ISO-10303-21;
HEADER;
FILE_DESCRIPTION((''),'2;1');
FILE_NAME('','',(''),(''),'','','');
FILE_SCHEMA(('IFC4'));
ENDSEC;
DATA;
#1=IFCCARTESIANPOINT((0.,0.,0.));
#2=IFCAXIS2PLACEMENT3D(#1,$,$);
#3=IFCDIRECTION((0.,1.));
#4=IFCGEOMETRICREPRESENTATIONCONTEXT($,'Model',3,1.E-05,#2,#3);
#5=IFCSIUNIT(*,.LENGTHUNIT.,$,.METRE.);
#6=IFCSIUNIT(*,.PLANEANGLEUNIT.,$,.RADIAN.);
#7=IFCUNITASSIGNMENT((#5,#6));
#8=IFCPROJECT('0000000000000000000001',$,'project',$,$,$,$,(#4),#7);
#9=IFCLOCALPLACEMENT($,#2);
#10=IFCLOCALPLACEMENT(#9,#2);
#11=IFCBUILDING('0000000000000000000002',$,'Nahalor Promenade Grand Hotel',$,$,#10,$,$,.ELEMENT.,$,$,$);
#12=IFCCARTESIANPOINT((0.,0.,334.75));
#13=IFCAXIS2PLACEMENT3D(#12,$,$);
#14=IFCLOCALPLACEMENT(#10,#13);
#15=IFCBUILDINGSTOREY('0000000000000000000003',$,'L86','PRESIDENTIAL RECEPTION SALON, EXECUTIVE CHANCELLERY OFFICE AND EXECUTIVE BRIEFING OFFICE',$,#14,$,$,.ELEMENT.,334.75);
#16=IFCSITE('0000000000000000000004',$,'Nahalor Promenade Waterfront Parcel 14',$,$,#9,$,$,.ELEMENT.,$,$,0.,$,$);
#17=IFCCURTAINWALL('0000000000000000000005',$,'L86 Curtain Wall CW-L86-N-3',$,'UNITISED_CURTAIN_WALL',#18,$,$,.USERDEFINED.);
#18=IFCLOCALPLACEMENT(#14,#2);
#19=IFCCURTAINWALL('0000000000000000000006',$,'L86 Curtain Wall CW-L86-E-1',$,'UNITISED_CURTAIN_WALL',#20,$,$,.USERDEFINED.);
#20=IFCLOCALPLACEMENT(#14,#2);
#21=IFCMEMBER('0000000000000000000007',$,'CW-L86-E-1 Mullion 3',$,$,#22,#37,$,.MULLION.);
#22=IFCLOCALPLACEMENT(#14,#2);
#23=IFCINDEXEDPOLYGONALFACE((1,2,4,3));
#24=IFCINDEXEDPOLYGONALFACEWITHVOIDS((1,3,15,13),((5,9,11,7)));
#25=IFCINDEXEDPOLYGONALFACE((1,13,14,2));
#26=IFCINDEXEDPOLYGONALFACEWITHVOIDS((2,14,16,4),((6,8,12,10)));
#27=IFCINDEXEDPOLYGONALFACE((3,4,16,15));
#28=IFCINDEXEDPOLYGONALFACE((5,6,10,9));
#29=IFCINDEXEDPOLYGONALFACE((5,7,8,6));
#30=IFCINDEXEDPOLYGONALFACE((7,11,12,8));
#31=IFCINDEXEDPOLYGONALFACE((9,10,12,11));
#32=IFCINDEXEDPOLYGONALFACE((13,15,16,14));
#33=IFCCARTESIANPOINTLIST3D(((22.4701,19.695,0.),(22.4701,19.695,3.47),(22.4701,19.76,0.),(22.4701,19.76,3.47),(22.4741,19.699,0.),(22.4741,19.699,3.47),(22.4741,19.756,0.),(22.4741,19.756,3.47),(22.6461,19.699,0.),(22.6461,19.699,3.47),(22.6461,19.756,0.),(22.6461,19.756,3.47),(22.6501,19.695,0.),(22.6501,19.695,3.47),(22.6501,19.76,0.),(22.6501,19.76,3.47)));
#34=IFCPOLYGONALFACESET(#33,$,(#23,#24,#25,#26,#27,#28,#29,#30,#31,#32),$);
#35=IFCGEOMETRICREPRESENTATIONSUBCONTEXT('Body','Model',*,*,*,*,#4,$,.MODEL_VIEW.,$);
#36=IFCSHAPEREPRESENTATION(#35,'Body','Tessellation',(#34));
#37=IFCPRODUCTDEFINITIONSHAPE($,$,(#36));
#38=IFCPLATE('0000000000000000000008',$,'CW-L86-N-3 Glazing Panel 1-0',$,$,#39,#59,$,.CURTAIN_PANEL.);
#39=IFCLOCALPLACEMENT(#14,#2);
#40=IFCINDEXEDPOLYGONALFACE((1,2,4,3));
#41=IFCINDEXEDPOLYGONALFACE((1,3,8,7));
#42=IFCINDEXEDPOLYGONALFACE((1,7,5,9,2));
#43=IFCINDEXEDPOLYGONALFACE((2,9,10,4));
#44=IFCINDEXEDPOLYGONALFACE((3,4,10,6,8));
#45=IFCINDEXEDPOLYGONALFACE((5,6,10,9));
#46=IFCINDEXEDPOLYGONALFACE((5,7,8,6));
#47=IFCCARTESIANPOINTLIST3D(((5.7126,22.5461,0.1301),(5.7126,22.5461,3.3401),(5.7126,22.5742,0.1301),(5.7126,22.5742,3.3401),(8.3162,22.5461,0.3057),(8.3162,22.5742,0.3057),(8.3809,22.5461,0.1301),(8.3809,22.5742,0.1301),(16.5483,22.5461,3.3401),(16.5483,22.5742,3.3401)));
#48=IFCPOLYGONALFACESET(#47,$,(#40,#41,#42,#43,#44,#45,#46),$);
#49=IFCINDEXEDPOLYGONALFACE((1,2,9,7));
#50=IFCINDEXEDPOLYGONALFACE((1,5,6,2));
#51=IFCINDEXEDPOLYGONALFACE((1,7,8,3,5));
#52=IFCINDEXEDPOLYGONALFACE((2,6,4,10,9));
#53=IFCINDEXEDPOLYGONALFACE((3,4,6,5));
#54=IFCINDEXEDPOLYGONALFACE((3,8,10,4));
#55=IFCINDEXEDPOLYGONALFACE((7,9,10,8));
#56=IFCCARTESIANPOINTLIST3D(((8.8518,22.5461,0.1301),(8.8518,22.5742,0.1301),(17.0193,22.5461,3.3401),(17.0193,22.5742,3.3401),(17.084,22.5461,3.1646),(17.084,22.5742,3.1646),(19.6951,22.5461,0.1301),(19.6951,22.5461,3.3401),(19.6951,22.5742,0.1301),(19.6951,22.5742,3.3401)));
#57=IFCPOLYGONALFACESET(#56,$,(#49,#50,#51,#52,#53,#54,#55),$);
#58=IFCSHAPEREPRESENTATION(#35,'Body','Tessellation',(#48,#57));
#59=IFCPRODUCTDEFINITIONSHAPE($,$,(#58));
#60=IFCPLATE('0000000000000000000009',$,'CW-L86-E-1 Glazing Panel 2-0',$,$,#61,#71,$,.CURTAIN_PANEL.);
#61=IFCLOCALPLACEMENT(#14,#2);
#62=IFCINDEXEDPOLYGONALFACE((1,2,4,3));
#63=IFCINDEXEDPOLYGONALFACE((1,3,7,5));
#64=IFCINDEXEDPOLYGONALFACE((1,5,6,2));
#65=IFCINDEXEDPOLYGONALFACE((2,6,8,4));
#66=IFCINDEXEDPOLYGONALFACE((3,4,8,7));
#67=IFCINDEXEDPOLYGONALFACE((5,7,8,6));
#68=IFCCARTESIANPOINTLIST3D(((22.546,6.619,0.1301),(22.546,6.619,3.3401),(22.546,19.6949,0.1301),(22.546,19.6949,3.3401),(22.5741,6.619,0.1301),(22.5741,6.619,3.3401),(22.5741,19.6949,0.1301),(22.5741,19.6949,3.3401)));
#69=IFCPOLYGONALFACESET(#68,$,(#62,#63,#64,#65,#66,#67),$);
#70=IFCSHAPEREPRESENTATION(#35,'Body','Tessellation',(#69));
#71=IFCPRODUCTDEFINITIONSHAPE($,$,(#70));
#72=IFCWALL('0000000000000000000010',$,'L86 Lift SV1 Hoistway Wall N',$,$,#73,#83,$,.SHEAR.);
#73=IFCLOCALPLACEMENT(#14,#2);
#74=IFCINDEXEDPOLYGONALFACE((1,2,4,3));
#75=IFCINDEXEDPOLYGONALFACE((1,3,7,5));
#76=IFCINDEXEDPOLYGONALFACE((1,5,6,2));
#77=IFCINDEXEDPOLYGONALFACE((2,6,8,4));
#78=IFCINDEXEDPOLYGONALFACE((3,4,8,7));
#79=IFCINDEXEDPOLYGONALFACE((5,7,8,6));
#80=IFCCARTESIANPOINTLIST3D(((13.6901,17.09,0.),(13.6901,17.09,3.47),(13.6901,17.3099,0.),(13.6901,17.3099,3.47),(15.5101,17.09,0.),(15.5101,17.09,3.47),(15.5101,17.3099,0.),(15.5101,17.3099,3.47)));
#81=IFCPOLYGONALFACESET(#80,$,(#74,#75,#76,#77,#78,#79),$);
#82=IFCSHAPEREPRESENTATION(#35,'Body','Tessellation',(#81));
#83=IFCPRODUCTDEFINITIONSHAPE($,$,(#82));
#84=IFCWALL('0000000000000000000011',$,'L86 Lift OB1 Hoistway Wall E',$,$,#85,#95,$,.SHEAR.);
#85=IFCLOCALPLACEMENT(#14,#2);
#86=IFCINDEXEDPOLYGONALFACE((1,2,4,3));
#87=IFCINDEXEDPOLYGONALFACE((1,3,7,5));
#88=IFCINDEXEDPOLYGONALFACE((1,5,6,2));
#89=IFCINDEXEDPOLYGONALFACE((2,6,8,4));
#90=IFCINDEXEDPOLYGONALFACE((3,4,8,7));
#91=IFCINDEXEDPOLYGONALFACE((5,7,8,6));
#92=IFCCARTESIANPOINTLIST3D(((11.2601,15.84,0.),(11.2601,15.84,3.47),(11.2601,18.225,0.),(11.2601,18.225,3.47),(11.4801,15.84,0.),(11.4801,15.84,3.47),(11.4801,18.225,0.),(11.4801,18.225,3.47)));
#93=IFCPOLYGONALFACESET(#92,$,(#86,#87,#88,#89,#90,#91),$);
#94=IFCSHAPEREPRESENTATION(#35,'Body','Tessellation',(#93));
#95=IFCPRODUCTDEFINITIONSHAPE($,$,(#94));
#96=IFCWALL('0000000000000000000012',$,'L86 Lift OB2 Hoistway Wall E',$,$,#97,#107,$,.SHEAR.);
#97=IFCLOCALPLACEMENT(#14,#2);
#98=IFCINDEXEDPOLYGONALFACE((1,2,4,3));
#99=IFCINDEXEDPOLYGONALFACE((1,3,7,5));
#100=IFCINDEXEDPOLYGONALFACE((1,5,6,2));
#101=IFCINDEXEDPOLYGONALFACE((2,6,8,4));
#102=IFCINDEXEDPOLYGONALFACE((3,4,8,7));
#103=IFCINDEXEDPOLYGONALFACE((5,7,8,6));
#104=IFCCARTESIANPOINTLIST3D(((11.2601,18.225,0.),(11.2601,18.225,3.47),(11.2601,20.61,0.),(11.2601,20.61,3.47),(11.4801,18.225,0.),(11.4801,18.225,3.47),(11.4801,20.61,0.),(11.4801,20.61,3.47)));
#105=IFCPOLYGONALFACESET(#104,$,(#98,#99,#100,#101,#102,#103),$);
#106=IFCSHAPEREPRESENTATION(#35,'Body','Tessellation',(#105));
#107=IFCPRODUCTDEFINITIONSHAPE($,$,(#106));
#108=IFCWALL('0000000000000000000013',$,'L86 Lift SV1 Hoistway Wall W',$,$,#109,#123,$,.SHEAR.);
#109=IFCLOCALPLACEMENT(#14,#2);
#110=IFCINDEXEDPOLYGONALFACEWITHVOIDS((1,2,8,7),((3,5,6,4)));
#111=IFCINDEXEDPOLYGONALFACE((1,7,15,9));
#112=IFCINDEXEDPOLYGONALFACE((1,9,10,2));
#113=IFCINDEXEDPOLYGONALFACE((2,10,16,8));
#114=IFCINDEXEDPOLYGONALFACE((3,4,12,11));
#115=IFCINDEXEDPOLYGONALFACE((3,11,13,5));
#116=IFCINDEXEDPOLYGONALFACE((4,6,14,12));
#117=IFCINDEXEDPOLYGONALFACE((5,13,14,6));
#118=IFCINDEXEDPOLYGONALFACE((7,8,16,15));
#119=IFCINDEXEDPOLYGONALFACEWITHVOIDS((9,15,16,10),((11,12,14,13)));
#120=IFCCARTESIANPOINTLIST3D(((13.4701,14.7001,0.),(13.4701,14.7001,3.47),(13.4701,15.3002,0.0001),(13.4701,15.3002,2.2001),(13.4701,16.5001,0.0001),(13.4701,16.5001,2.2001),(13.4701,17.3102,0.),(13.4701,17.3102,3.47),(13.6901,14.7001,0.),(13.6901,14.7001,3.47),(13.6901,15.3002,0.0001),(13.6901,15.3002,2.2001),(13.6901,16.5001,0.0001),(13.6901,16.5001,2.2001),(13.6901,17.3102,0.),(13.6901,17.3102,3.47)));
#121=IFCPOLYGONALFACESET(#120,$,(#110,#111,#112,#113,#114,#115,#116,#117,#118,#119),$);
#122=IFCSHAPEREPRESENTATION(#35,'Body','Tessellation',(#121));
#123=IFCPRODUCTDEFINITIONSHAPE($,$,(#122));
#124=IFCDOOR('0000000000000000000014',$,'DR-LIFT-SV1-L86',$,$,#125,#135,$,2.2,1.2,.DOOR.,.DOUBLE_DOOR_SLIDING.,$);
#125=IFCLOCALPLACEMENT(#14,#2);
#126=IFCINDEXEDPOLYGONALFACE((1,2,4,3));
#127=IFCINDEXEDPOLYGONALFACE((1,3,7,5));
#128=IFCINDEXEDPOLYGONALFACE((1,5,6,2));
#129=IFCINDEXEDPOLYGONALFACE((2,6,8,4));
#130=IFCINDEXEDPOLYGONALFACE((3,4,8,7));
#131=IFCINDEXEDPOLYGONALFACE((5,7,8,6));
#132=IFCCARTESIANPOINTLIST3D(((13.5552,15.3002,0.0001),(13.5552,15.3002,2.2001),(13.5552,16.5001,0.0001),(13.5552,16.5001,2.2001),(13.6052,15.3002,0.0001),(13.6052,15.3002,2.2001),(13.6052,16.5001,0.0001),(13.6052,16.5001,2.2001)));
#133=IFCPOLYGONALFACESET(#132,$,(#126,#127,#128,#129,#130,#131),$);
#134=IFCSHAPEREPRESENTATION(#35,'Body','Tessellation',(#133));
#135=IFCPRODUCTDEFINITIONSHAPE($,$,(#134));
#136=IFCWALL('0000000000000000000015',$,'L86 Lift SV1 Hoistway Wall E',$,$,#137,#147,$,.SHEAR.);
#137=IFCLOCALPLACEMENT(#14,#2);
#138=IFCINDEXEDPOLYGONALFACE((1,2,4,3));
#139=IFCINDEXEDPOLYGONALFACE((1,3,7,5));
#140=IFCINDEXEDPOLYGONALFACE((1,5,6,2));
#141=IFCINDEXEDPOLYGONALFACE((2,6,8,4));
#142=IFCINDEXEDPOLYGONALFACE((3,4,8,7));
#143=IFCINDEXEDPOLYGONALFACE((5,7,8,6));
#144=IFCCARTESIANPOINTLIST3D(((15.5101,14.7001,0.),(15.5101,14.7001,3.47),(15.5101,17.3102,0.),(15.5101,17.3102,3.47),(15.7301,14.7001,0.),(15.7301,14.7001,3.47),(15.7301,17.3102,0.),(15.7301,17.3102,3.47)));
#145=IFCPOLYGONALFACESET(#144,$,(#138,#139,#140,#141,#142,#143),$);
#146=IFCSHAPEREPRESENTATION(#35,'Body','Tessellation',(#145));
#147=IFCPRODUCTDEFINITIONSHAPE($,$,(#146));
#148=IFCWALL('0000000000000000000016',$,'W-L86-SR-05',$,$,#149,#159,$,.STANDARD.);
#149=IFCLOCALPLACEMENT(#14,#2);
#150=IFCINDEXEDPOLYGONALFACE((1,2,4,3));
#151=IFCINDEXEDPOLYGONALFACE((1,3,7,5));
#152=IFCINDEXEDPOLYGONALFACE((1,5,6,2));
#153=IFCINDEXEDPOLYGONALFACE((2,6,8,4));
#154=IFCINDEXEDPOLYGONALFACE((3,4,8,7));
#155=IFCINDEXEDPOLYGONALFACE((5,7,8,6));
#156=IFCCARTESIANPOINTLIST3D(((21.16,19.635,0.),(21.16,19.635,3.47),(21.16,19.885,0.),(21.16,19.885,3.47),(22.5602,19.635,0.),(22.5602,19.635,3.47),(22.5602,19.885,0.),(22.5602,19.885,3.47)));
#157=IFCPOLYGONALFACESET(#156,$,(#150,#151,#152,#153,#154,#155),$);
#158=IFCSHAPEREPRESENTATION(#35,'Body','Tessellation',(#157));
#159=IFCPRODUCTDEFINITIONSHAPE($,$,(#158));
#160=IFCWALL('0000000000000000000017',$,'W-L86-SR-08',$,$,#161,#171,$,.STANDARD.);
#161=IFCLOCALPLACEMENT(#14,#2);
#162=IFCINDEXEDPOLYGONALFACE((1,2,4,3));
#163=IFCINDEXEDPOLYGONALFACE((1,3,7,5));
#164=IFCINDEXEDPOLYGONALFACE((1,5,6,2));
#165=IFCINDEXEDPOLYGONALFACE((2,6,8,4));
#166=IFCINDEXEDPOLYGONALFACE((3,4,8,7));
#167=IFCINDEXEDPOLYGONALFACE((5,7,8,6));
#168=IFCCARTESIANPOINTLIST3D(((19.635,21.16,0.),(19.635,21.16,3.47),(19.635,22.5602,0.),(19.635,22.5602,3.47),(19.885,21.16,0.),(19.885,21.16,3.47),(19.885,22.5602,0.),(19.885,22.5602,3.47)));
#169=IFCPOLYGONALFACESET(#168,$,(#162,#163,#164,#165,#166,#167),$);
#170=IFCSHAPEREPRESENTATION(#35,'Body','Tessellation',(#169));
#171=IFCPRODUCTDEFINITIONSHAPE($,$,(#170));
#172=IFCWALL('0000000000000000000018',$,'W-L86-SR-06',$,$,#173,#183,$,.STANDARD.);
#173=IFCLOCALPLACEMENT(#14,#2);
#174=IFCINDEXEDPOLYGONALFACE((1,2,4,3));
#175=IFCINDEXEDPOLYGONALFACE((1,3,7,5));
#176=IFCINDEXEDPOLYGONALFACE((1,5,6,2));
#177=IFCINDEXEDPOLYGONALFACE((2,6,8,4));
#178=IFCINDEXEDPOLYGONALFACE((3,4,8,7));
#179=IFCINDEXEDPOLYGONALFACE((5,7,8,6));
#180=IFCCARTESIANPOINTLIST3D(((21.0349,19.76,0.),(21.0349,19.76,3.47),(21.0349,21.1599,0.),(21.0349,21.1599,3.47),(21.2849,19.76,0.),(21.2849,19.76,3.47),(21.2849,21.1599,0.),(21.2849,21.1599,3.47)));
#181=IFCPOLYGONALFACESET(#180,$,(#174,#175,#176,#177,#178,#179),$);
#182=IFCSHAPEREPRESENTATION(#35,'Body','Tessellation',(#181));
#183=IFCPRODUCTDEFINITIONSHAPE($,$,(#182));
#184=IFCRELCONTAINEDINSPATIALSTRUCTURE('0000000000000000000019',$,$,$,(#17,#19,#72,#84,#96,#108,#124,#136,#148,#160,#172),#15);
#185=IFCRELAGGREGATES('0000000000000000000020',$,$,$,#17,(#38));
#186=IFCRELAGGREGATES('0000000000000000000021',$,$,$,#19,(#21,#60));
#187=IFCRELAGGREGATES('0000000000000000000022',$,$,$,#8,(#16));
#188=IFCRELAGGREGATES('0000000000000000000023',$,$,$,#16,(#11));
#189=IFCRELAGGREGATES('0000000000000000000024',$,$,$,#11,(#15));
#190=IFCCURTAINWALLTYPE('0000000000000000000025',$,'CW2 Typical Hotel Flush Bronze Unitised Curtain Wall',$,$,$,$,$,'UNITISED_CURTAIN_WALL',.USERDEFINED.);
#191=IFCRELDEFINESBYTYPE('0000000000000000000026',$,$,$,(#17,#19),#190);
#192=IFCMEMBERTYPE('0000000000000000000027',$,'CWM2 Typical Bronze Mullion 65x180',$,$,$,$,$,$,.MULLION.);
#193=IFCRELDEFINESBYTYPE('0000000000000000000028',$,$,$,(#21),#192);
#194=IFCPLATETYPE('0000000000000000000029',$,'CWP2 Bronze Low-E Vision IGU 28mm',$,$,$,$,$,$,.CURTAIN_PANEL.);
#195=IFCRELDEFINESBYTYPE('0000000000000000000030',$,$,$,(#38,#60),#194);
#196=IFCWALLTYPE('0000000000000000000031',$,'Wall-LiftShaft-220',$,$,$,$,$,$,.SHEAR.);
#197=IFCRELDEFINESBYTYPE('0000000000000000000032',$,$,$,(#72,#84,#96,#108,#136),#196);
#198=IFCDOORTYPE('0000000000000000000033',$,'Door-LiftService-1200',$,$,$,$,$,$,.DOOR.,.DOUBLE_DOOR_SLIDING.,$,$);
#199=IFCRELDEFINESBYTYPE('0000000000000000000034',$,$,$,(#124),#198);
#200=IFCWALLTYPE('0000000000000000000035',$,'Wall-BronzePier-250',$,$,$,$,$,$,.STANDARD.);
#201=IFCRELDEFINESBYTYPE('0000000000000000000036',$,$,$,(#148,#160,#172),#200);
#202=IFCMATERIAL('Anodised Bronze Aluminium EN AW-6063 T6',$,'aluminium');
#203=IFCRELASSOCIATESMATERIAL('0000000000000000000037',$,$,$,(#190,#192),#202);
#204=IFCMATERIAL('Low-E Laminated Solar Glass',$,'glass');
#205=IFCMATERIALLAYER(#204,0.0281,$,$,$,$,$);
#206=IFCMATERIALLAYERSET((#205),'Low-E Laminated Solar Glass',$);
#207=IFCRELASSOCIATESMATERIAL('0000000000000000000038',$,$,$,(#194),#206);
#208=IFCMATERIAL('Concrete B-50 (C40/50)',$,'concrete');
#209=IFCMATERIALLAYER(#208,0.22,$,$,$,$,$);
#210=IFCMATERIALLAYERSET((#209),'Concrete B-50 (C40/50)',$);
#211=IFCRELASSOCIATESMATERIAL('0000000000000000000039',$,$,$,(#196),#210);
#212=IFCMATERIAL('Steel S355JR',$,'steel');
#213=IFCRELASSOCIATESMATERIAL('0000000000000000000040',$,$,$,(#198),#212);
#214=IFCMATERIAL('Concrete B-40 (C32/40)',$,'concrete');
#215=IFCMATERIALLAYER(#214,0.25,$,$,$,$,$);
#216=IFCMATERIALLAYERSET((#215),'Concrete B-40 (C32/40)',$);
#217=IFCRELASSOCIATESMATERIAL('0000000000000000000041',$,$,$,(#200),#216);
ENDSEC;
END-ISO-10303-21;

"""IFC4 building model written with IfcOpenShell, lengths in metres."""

from ifc_helpers import new_model, si_unit, direction, frame, frame_2d, origin, origin_2d, place, context, subcontext, project, spatial, polyline, rectangle, hollow_rectangle, outline, extrude, source, transform, mapped, material, layer, layer_set, material_profile, profile_set, type_object, element, fill, aggregate, save


model = new_model("IFC4")

# Units and contexts
model_context = context("Model", 3, precision=1e-05, world=origin(), true_north=direction((0.0, 1.0)))
body_context = subcontext(model_context, "Body", "Model", "MODEL_VIEW")
ifc_project = project(units=[si_unit("LENGTHUNIT", "METRE"), si_unit("PLANEANGLEUNIT", "RADIAN")], contexts=[model_context])

# Site, building, storey
site_placement = place(None, origin())
site = spatial("IfcSite", under=ifc_project, at=site_placement, Name="Nahalor Promenade Waterfront Parcel 14", CompositionType="ELEMENT", RefElevation=0.0)
building_placement = place(site_placement, origin())
building = spatial("IfcBuilding", under=site, at=building_placement, Name="Nahalor Promenade Grand Hotel", CompositionType="ELEMENT")
storey_placement = place(building_placement, frame((0.0, 0.0, 334.75)))
storey = spatial("IfcBuildingStorey", under=building, at=storey_placement, Name="L86", Description="PRESIDENTIAL RECEPTION SALON, EXECUTIVE CHANCELLERY OFFICE AND EXECUTIVE BRIEFING OFFICE", CompositionType="ELEMENT", Elevation=334.75)

# Shared definitions
ifc_material_1 = material(Name="Concrete B-50 (C40/50)", Category="concrete")
ifc_material_2 = material(Name="Steel S355JR", Category="steel")

# Curtain walls, member
ifc_material_3 = material(Name="Anodised Bronze Aluminium EN AW-6063 T6", Category="aluminium")
curtain_wall_type = type_object("IfcCurtainWallType", Name="CW2 Typical Hotel Flush Bronze Unitised Curtain Wall", ElementType="UNITISED_CURTAIN_WALL", PredefinedType="USERDEFINED", material=ifc_material_3)
curtain_wall_1_placement = place(storey_placement, origin())
curtain_wall_1 = element("IfcCurtainWall", 1, at=curtain_wall_1_placement, inside=storey, type_object=curtain_wall_type, Name="L86 Curtain Wall CW-L86-N-3", ObjectType="UNITISED_CURTAIN_WALL", PredefinedType="USERDEFINED")
ifc_material_profile_1 = material_profile(ifc_material_3, hollow_rectangle(XDim=0.065, YDim=0.18, WallThickness=0.004, at=origin_2d()), Name="CWM 65x180x4")
ifc_profile_set_1 = profile_set([ifc_material_profile_1], Name="Anodised Bronze Aluminium EN AW-6063 T6")
member_type = type_object("IfcMemberType", Name="CWM2 Typical Bronze Mullion 65x180", PredefinedType="MULLION", material=ifc_profile_set_1)
shared_shape_1 = source(origin(), body_context, "Body", "SweptSolid", [
    extrude(hollow_rectangle(XDim=0.065, YDim=0.18, WallThickness=0.004, at=origin_2d()), origin(), (0.0, 0.0, 1.0), 3.47),
])
curtain_wall_2_placement = place(storey_placement, origin())
curtain_wall_2 = element("IfcCurtainWall", 2, at=curtain_wall_2_placement, inside=storey, type_object=curtain_wall_type, Name="L86 Curtain Wall CW-L86-E-1", ObjectType="UNITISED_CURTAIN_WALL", PredefinedType="USERDEFINED")
member_1_placement = place(storey_placement, frame((22.5601, 19.7275, 0.0), z_axis=(0.0, 0.0, 1.0), x_axis=(0.0, 1.0, 0.0)))
member_1 = element("IfcMember", 3, at=member_1_placement, type_object=member_type, Name="CW-L86-E-1 Mullion 3", PredefinedType="MULLION", context=body_context, shape_type="MappedRepresentation", body=[
    mapped(shared_shape_1, transform((0.0, 0.0, 0.0), scale=1.0)),
])

# Plates
ifc_material_4 = material(Name="Low-E Laminated Solar Glass", Category="glass")
ifc_layer_1 = layer(ifc_material_4, 0.0281)
ifc_layer_set_1 = layer_set([ifc_layer_1], Name="Low-E Laminated Solar Glass")
plate_type = type_object("IfcPlateType", Name="CWP2 Bronze Low-E Vision IGU 28mm", PredefinedType="CURTAIN_PANEL", material=ifc_layer_set_1)
plate_1_placement = place(storey_placement, frame((12.7039, 22.5601, 0.1301), z_axis=(0.0, 0.0, 1.0), x_axis=(1.0, 0.0, 0.0)))
plate_1 = element("IfcPlate", 4, at=plate_1_placement, type_object=plate_type, Name="CW-L86-N-3 Glazing Panel 1-0", PredefinedType="CURTAIN_PANEL", context=body_context, shape_type="SweptSolid", body=[
    extrude(outline(polyline([(-6.9912, 3.21), (-6.9912, 0.0), (-4.323, 0.0), (-4.3877, 0.1755), (3.8445, 3.21), (-6.9912, 3.21)])), frame((0.0, 0.0142, 0.0), z_axis=(0.0, -1.0, 0.0), x_axis=(1.0, 0.0, 0.0)), (0.0, 0.0, 1.0), 0.0281),
    extrude(outline(polyline([(6.9912, 0.0), (6.9912, 3.21), (4.3154, 3.21), (4.3801, 3.0344), (-3.8521, 0.0), (6.9912, 0.0)])), frame((0.0, 0.0142, 0.0), z_axis=(0.0, -1.0, 0.0), x_axis=(1.0, 0.0, 0.0)), (0.0, 0.0, 1.0), 0.0281),
])
aggregate(curtain_wall_1, [plate_1])
shared_shape_2 = source(origin(), body_context, "Body", "SweptSolid", [
    extrude(rectangle(XDim=13.0759, YDim=0.0281, at=origin_2d()), origin(), (0.0, 0.0, 1.0), 3.21),
])
plate_2_placement = place(storey_placement, frame((22.5601, 13.157, 0.1301), z_axis=(0.0, 0.0, 1.0), x_axis=(0.0, 1.0, 0.0)))
plate_2 = element("IfcPlate", 5, at=plate_2_placement, type_object=plate_type, Name="CW-L86-E-1 Glazing Panel 2-0", PredefinedType="CURTAIN_PANEL", context=body_context, shape_type="MappedRepresentation", body=[
    mapped(shared_shape_2, transform((0.0, 0.0, 0.0), scale=1.0)),
])
aggregate(curtain_wall_2, [member_1, plate_2])

# Walls
ifc_layer_2 = layer(ifc_material_1, 0.22)
ifc_layer_set_2 = layer_set([ifc_layer_2], Name="Concrete B-50 (C40/50)")
wall_type_1 = type_object("IfcWallType", Name="Wall-LiftShaft-220", PredefinedType="SHEAR", material=ifc_layer_set_2)
shared_shape_3 = source(origin(), body_context, "Body", "SweptSolid", [
    extrude(rectangle(XDim=1.8201, YDim=0.22, at=frame_2d((0.9102, 0.0))), origin(), (0.0, 0.0, 1.0), 3.47),
])
wall_1_placement = place(storey_placement, frame((13.6899, 17.2, 0.0), z_axis=(0.0, 0.0, 1.0), x_axis=(1.0, 0.0, 0.0)))
element("IfcWall", 6, at=wall_1_placement, inside=storey, type_object=wall_type_1, Name="L86 Lift SV1 Hoistway Wall N", PredefinedType="SHEAR", context=body_context, shape_type="MappedRepresentation", body=[
    mapped(shared_shape_3, transform((0.0, 0.0, 0.0), scale=1.0)),
])
shared_shape_4 = source(origin(), body_context, "Body", "SweptSolid", [
    extrude(rectangle(XDim=2.385, YDim=0.22, at=frame_2d((1.1924, 0.0))), origin(), (0.0, 0.0, 1.0), 3.47),
])
for number, where, z_axis, x_axis, name in (
    (7, (11.3701, 15.8401, 0.0), (0.0, 0.0, 1.0), (0.0, 1.0, 0.0), "L86 Lift OB1 Hoistway Wall E"),
    (8, (11.3701, 18.2251, 0.0), (0.0, 0.0, 1.0), (0.0, 1.0, 0.0), "L86 Lift OB2 Hoistway Wall E"),
):
    element("IfcWall", number, at=place(storey_placement, frame(where, z_axis=z_axis, x_axis=x_axis)), inside=storey, type_object=wall_type_1, Name=name, PredefinedType="SHEAR", context=body_context, shape_type="MappedRepresentation", body=[
        mapped(shared_shape_4, transform((0.0, 0.0, 0.0), scale=1.0)),
    ])

# Wall, opening, door
shared_shape_5 = source(origin(), body_context, "Body", "SweptSolid", [
    extrude(rectangle(XDim=2.6101, YDim=0.22, at=frame_2d((1.3052, 0.0))), origin(), (0.0, 0.0, 1.0), 3.47),
])
wall_2_placement = place(storey_placement, frame((13.5801, 14.7, 0.0), z_axis=(0.0, 0.0, 1.0), x_axis=(0.0, 1.0, 0.0)))
wall_2 = element("IfcWall", 9, at=wall_2_placement, inside=storey, type_object=wall_type_1, Name="L86 Lift SV1 Hoistway Wall W", PredefinedType="SHEAR", context=body_context, shape_type="MappedRepresentation", body=[
    mapped(shared_shape_5, transform((0.0, 0.0, 0.0), scale=1.0)),
])
opening_1_placement = place(wall_2_placement, frame((0.6001, 0.0, 0.0)))
opening_1 = element("IfcOpeningElement", 10, at=opening_1_placement, cuts=wall_2, PredefinedType="OPENING", context=body_context, shape_type="SweptSolid", body=[
    extrude(rectangle(XDim=1.2, YDim=2.2, at=frame_2d((0.6001, 1.1001))), frame((0.0, 0.1199, 0.0), z_axis=(0.0, -1.0, 0.0), x_axis=(1.0, 0.0, 0.0)), (0.0, 0.0, 1.0), 0.24),
])
door_type_1 = type_object("IfcDoorType", Name="Door-LiftService-1200", OperationType="DOUBLE_DOOR_SLIDING", PredefinedType="DOOR", material=ifc_material_2)
shared_shape_6 = source(origin(), body_context, "Body", "SweptSolid", [
    extrude(rectangle(XDim=1.2, YDim=2.2, at=frame_2d((0.6001, 1.1001))), frame((0.0, 0.0249, 0.0), z_axis=(0.0, -1.0, 0.0), x_axis=(1.0, 0.0, 0.0)), (0.0, 0.0, 1.0), 0.05),
])
door_1_placement = place(opening_1_placement, origin())
door_1 = element("IfcDoor", 11, at=door_1_placement, inside=storey, type_object=door_type_1, Name="DR-LIFT-SV1-L86", OperationType="DOUBLE_DOOR_SLIDING", OverallHeight=2.2, OverallWidth=1.2, PredefinedType="DOOR", context=body_context, shape_type="MappedRepresentation", body=[
    mapped(shared_shape_6, transform((0.0, 0.0, 0.0), scale=1.0)),
])
fill(opening_1, door_1)

# Walls
wall_3_placement = place(storey_placement, frame((15.6201, 14.7, 0.0), z_axis=(0.0, 0.0, 1.0), x_axis=(0.0, 1.0, 0.0)))
element("IfcWall", 12, at=wall_3_placement, inside=storey, type_object=wall_type_1, Name="L86 Lift SV1 Hoistway Wall E", PredefinedType="SHEAR", context=body_context, shape_type="MappedRepresentation", body=[
    mapped(shared_shape_5, transform((0.0, 0.0, 0.0), scale=1.0)),
])
ifc_material_5 = material(Name="Concrete B-40 (C32/40)", Category="concrete")
ifc_layer_3 = layer(ifc_material_5, 0.25)
ifc_layer_set_3 = layer_set([ifc_layer_3], Name="Concrete B-40 (C32/40)")
wall_type_2 = type_object("IfcWallType", Name="Wall-BronzePier-250", PredefinedType="STANDARD", material=ifc_layer_set_3)
shared_shape_7 = source(origin(), body_context, "Body", "SweptSolid", [
    extrude(rectangle(XDim=1.4001, YDim=0.25, at=frame_2d((0.7002, 0.0))), origin(), (0.0, 0.0, 1.0), 3.47),
])
for number, where, z_axis, x_axis, name in (
    (13, (21.1599, 19.76, 0.0), (0.0, 0.0, 1.0), (1.0, 0.0, 0.0), "W-L86-SR-05"),
    (14, (19.76, 21.1599, 0.0), (0.0, 0.0, 1.0), (0.0, 1.0, 0.0), "W-L86-SR-08"),
):
    element("IfcWall", number, at=place(storey_placement, frame(where, z_axis=z_axis, x_axis=x_axis)), inside=storey, type_object=wall_type_2, Name=name, PredefinedType="STANDARD", context=body_context, shape_type="MappedRepresentation", body=[
        mapped(shared_shape_7, transform((0.0, 0.0, 0.0), scale=1.0)),
    ])
shared_shape_8 = source(origin(), body_context, "Body", "SweptSolid", [
    extrude(rectangle(XDim=1.3999, YDim=0.25, at=frame_2d((0.7, 0.0))), origin(), (0.0, 0.0, 1.0), 3.47),
])
for number, where, z_axis, x_axis, name in (
    (15, (21.1599, 19.76, 0.0), (0.0, 0.0, 1.0), (0.0, 1.0, 0.0), "W-L86-SR-06"),
):
    element("IfcWall", number, at=place(storey_placement, frame(where, z_axis=z_axis, x_axis=x_axis)), inside=storey, type_object=wall_type_2, Name=name, PredefinedType="STANDARD", context=body_context, shape_type="MappedRepresentation", body=[
        mapped(shared_shape_8, transform((0.0, 0.0, 0.0), scale=1.0)),
    ])

save(model, "model.ifc")
